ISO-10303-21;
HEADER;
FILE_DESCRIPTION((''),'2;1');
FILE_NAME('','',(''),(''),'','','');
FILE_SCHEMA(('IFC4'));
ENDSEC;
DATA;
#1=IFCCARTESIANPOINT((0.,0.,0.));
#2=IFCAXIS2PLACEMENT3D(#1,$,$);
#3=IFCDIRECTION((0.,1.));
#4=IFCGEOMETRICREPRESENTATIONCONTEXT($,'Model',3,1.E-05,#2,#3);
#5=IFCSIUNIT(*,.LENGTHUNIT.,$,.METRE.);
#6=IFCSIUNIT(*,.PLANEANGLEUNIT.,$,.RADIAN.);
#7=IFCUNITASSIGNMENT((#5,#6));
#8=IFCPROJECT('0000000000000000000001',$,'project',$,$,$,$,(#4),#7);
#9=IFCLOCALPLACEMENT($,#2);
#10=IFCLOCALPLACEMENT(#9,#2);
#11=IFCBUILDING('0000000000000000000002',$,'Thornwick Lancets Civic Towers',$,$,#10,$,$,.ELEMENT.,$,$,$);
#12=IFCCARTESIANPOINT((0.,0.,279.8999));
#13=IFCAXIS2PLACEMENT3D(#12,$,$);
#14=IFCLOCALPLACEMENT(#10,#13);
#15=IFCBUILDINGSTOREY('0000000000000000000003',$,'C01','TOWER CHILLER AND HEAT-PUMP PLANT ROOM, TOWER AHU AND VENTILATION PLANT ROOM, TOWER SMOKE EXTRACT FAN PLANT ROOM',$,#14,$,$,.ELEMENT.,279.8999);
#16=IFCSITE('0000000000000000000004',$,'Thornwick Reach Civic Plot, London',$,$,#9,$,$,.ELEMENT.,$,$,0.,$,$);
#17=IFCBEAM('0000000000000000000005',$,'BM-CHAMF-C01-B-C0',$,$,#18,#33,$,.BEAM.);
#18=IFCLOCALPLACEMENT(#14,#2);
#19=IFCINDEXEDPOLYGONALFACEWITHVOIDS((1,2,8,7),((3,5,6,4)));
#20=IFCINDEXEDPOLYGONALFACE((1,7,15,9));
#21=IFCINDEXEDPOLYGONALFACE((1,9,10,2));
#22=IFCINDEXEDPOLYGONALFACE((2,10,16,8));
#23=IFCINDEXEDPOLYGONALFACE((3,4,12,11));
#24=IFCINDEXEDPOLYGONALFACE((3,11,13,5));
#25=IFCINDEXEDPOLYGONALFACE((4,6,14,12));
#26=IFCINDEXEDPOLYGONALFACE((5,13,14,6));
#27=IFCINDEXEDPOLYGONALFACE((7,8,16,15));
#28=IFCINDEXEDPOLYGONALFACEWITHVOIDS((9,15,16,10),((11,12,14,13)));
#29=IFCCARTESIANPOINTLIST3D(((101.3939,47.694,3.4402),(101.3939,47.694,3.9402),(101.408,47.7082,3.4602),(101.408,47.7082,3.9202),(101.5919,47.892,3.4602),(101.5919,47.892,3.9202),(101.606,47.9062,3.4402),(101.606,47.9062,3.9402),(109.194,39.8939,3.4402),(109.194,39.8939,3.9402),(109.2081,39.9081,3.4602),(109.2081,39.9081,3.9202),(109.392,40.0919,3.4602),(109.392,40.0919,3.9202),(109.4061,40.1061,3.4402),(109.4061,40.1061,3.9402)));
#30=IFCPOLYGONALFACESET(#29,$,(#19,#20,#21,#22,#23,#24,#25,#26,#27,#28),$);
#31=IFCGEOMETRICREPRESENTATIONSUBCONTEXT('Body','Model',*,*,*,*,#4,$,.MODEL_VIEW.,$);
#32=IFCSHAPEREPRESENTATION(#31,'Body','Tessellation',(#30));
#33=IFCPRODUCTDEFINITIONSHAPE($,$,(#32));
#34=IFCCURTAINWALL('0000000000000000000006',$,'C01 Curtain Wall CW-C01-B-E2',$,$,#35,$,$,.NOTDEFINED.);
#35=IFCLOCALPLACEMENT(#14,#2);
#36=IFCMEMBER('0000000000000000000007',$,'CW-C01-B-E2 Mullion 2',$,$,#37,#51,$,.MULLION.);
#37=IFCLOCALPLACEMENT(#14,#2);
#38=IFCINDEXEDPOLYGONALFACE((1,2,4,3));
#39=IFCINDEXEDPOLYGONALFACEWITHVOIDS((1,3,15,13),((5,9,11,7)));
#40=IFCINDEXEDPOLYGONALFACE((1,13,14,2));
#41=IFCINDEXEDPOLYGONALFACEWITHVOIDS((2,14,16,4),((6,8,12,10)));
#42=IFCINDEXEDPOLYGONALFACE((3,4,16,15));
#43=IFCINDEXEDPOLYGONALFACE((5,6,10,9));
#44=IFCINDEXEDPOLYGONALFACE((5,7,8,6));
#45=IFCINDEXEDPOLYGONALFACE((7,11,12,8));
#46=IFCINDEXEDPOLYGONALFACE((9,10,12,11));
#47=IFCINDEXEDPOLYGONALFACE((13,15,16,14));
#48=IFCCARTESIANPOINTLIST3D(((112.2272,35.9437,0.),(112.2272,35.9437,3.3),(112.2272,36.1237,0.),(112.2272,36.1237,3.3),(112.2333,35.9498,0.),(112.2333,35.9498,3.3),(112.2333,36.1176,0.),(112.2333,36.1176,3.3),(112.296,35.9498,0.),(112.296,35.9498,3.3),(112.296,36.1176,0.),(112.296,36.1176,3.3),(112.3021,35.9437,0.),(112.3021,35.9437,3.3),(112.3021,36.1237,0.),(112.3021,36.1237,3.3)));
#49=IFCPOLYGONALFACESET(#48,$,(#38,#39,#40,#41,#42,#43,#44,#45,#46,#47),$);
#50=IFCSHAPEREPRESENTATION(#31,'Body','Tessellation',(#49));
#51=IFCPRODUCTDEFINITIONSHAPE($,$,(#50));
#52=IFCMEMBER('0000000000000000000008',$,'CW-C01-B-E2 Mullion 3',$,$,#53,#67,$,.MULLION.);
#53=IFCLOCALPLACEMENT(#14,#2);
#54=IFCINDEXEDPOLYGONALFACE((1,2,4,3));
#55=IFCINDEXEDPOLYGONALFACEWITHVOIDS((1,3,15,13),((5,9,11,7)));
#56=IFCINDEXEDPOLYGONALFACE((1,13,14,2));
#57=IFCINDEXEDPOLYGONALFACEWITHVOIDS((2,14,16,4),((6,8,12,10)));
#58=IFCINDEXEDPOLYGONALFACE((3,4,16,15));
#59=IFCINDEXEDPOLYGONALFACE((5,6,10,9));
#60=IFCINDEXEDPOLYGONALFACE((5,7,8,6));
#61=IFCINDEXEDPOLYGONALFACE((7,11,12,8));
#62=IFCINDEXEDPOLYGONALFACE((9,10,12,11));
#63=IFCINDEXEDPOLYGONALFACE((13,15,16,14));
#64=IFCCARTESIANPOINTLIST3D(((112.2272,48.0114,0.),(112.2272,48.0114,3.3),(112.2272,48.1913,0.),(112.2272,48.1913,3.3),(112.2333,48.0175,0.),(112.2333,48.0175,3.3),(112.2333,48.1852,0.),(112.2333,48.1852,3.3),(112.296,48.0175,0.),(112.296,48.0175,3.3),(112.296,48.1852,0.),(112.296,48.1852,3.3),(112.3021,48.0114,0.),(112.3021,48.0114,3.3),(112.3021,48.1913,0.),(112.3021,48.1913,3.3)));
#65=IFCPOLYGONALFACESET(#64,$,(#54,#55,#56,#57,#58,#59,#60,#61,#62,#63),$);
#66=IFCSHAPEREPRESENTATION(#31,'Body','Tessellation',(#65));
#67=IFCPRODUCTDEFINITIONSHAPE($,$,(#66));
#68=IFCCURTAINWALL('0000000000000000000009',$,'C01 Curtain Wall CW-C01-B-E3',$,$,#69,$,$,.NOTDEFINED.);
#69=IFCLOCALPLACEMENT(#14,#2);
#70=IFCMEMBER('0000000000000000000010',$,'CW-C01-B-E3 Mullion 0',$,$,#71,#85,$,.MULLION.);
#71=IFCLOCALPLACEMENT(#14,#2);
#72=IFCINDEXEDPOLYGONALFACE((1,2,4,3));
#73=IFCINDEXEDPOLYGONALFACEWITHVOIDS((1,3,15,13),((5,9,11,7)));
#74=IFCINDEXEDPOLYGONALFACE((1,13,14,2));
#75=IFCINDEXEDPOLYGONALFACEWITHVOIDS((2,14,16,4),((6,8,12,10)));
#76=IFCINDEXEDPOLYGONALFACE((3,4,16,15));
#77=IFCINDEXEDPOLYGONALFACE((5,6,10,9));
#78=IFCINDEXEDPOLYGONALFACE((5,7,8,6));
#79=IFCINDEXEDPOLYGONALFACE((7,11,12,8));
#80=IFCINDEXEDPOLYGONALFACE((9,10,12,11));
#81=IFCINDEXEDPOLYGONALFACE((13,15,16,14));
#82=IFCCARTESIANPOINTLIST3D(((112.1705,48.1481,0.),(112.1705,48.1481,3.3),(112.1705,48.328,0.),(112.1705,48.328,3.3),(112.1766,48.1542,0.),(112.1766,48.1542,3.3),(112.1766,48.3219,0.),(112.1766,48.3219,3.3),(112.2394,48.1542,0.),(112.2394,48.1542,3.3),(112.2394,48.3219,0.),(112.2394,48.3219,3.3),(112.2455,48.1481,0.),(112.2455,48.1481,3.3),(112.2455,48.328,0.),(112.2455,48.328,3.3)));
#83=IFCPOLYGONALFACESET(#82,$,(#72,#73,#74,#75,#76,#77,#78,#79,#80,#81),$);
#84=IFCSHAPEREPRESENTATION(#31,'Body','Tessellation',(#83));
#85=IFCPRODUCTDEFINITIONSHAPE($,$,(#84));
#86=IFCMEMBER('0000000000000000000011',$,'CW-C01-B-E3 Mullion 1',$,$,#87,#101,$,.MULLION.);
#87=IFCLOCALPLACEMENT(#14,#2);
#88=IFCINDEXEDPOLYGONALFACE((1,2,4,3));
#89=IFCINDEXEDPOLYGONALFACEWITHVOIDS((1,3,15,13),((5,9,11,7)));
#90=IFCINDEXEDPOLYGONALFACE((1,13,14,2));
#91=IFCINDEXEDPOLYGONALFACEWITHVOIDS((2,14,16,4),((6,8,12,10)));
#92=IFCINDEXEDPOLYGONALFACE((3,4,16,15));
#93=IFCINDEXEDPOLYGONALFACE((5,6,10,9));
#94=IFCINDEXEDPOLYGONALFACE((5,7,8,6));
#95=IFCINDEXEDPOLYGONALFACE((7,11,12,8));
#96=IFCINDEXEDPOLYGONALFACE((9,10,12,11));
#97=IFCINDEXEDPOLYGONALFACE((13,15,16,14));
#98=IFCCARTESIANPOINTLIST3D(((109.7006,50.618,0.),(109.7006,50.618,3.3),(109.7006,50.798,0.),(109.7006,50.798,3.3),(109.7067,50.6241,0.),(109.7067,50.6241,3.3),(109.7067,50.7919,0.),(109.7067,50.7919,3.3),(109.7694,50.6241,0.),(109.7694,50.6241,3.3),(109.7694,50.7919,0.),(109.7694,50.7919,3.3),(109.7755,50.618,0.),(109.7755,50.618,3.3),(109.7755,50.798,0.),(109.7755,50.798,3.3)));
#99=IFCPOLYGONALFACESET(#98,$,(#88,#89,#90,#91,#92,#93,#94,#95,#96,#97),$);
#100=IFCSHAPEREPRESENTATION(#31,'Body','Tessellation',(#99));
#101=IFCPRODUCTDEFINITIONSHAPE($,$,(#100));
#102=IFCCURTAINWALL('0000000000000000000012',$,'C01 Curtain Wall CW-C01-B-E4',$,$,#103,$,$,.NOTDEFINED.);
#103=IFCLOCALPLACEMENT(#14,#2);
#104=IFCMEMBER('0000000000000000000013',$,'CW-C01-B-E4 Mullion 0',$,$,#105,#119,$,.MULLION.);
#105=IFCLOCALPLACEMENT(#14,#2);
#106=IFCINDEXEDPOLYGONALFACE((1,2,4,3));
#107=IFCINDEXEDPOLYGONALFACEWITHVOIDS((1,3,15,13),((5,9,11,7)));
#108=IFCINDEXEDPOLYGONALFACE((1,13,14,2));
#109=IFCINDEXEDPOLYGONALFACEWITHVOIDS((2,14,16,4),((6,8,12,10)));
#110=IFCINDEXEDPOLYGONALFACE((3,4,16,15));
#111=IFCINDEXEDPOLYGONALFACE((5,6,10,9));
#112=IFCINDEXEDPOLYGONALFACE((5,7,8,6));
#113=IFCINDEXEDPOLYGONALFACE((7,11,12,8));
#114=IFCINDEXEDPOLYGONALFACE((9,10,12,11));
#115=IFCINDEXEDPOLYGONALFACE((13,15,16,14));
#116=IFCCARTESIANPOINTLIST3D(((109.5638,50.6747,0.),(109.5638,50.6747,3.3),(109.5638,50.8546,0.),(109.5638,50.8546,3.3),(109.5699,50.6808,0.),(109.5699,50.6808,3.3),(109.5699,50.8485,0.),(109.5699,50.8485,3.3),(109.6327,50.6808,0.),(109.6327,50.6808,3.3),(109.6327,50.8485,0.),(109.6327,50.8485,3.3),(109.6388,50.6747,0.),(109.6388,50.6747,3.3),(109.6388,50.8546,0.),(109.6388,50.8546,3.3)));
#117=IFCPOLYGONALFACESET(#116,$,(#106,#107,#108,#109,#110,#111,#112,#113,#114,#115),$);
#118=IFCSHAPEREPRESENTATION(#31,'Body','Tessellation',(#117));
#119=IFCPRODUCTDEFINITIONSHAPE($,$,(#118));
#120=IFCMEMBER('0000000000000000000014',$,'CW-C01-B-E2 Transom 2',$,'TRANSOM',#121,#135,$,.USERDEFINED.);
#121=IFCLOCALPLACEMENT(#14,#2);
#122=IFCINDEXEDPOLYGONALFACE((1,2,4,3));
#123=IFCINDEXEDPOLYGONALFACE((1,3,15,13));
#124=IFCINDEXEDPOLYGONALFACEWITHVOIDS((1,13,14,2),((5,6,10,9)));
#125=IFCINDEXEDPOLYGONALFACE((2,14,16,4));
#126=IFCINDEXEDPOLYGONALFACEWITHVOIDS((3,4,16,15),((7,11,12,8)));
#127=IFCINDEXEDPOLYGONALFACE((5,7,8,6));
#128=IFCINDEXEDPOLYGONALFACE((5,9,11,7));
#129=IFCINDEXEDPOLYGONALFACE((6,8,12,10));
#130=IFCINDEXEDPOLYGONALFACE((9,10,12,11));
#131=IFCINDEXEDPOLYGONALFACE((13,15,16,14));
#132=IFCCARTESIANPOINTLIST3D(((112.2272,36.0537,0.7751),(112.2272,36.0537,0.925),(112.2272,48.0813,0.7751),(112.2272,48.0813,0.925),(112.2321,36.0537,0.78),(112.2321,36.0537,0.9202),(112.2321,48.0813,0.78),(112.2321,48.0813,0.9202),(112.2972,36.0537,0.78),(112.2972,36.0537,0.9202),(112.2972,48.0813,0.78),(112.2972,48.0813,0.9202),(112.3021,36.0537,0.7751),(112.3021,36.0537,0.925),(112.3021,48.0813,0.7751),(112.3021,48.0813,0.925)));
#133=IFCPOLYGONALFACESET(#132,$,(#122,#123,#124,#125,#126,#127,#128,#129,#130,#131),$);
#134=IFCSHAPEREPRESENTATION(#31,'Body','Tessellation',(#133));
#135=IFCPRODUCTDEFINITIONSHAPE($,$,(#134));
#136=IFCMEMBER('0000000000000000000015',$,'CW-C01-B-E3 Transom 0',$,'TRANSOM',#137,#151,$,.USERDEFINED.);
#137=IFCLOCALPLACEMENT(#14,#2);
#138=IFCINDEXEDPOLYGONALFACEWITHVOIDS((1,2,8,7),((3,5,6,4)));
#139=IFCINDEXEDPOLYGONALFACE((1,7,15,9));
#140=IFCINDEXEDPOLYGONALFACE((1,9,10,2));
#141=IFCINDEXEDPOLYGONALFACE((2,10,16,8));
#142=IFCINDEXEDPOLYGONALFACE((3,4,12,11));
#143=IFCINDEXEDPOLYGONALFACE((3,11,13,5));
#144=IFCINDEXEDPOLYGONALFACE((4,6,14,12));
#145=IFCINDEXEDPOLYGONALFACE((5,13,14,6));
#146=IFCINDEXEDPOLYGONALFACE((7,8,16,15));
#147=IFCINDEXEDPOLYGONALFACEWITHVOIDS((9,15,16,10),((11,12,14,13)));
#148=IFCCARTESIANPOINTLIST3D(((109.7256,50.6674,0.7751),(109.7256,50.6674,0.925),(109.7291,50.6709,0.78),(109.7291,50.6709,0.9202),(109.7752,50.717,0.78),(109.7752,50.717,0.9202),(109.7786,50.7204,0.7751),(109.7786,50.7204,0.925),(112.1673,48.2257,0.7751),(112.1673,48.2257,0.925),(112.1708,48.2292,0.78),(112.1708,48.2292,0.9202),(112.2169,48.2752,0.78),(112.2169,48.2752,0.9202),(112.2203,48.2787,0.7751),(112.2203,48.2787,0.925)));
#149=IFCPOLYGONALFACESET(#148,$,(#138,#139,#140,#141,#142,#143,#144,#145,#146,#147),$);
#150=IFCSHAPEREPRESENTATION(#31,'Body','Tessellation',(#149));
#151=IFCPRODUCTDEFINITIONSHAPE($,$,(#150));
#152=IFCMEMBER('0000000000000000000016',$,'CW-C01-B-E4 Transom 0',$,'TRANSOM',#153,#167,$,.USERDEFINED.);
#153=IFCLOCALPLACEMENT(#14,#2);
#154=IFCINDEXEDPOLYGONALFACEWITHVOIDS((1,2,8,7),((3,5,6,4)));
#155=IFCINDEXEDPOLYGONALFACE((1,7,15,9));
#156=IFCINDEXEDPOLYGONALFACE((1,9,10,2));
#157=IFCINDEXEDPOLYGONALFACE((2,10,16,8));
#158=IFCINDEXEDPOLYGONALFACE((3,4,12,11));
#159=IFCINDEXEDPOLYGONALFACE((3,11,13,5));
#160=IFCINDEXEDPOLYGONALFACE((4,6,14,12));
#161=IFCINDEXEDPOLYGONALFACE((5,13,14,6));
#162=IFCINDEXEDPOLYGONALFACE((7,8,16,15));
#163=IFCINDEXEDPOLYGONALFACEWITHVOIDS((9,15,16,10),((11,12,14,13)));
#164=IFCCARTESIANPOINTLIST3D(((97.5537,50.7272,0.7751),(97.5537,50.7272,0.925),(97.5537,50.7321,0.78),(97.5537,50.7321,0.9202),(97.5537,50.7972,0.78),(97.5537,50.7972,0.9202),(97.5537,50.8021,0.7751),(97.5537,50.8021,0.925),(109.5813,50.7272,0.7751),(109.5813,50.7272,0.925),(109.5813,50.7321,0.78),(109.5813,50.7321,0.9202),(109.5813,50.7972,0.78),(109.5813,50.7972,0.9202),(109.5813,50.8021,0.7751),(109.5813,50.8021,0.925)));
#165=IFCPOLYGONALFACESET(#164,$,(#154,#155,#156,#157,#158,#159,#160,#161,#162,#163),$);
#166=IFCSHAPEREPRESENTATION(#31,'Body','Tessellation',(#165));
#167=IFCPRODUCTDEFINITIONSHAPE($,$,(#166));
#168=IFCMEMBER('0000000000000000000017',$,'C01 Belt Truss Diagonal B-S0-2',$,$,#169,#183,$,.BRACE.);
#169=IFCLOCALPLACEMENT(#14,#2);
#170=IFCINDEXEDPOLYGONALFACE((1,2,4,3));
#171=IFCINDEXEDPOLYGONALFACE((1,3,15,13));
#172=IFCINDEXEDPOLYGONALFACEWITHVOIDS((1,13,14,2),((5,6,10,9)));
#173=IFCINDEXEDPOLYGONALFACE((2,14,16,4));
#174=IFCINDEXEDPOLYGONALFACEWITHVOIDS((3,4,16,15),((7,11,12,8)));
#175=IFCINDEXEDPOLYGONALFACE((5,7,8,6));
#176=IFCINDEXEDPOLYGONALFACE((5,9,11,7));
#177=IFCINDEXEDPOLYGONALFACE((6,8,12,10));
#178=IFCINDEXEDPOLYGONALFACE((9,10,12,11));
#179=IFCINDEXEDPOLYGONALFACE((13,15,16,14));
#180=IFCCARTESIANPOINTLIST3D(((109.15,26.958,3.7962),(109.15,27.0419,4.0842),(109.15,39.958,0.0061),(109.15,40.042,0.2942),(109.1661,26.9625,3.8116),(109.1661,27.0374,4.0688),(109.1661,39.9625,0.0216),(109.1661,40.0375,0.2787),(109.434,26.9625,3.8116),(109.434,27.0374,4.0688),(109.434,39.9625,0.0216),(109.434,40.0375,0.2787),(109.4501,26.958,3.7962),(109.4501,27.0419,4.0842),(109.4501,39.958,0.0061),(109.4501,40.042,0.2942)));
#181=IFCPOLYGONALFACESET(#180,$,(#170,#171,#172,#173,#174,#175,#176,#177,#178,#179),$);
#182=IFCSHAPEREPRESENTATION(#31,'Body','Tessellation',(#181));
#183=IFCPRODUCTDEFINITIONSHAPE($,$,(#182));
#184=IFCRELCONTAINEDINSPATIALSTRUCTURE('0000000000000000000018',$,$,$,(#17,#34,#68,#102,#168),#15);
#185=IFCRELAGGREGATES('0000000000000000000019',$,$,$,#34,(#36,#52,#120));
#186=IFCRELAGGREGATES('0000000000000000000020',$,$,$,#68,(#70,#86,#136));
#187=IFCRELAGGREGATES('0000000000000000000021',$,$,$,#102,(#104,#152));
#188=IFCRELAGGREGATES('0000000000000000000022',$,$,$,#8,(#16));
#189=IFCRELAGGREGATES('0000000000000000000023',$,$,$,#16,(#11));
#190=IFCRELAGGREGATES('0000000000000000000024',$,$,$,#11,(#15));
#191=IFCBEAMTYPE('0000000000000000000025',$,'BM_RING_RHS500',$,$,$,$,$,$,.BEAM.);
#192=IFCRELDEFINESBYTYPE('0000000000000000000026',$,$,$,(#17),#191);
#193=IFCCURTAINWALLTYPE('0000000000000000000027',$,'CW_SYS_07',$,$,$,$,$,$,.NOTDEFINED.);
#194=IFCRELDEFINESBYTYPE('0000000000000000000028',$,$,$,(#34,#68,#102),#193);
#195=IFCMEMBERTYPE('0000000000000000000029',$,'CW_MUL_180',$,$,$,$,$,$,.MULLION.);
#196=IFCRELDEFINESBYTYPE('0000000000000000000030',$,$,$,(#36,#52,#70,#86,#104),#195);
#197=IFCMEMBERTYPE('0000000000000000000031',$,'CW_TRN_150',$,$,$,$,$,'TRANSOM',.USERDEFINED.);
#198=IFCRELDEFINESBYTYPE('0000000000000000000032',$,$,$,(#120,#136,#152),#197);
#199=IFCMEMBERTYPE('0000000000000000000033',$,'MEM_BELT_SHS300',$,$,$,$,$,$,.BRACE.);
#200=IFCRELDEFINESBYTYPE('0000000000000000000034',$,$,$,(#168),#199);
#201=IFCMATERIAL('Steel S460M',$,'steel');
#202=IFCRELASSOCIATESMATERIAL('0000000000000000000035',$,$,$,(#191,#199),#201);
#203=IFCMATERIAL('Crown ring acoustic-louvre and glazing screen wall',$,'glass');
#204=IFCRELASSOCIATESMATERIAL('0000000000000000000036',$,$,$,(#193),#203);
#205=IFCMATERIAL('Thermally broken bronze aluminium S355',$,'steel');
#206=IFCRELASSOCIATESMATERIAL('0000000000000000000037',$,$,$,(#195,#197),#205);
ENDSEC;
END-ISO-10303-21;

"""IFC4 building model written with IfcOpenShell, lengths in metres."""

from ifc_helpers import new_model, si_unit, direction, frame, origin, origin_2d, place, context, subcontext, project, spatial, hollow_rectangle, extrude, material, material_profile, profile_set, type_object, element, aggregate, save


model = new_model("IFC4")

# Units and contexts
model_context = context("Model", 3, precision=1e-05, world=origin(), true_north=direction((0.0, 1.0)))
body_context = subcontext(model_context, "Body", "Model", "MODEL_VIEW")
ifc_project = project(units=[si_unit("LENGTHUNIT", "METRE"), si_unit("PLANEANGLEUNIT", "RADIAN")], contexts=[model_context])

# Site, building, storey
site_placement = place(None, origin())
site = spatial("IfcSite", under=ifc_project, at=site_placement, Name="Thornwick Reach Civic Plot, London", CompositionType="ELEMENT", RefElevation=0.0)
building_placement = place(site_placement, origin())
building = spatial("IfcBuilding", under=site, at=building_placement, Name="Thornwick Lancets Civic Towers", CompositionType="ELEMENT")
storey_placement = place(building_placement, frame((0.0, 0.0, 279.8999)))
storey = spatial("IfcBuildingStorey", under=building, at=storey_placement, Name="C01", Description="TOWER CHILLER AND HEAT-PUMP PLANT ROOM, TOWER AHU AND VENTILATION PLANT ROOM, TOWER SMOKE EXTRACT FAN PLANT ROOM", CompositionType="ELEMENT", Elevation=279.8999)

# Beam
ifc_material_1 = material(Name="Steel S460M", Category="steel")
ifc_material_profile_1 = material_profile(ifc_material_1, hollow_rectangle(XDim=0.3, YDim=0.5, WallThickness=0.02, at=origin_2d()), Name="RHS 500x300x20")
ifc_profile_set_1 = profile_set([ifc_material_profile_1], Name="Steel S460M")
beam_type_1 = type_object("IfcBeamType", Name="BM_RING_RHS500", PredefinedType="BEAM", material=ifc_profile_set_1)
beam_1_placement = place(storey_placement, frame((109.3, 40.0, 3.6902), z_axis=(-0.707107, 0.707107, 0.0), x_axis=(-0.707107, -0.707107, 0.0)))
element("IfcBeam", 1, at=beam_1_placement, inside=storey, type_object=beam_type_1, Name="BM-CHAMF-C01-B-C0", PredefinedType="BEAM", context=body_context, shape_type="SweptSolid", body=[
    extrude(hollow_rectangle(XDim=0.3, YDim=0.5, WallThickness=0.02, at=origin_2d()), origin(), (0.0, 0.0, 1.0), 11.031),
])

# Curtain walls, members
ifc_material_2 = material(Name="Crown ring acoustic-louvre and glazing screen wall", Category="glass")
curtain_wall_type = type_object("IfcCurtainWallType", Name="CW_SYS_07", PredefinedType="NOTDEFINED", material=ifc_material_2)
curtain_wall_1_placement = place(storey_placement, origin())
curtain_wall_1 = element("IfcCurtainWall", 2, at=curtain_wall_1_placement, inside=storey, type_object=curtain_wall_type, Name="C01 Curtain Wall CW-C01-B-E2", PredefinedType="NOTDEFINED")
ifc_material_3 = material(Name="Thermally broken bronze aluminium S355", Category="steel")
ifc_material_profile_2 = material_profile(ifc_material_3, hollow_rectangle(XDim=0.075, YDim=0.1799, WallThickness=0.0061, at=origin_2d()), Name="RHS 180x75x6")
ifc_profile_set_2 = profile_set([ifc_material_profile_2], Name="Thermally broken bronze aluminium S355")
member_type_1 = type_object("IfcMemberType", Name="CW_MUL_180", PredefinedType="MULLION", material=ifc_profile_set_2)
member_1_placement = place(storey_placement, frame((112.2646, 36.0337, 0.0), z_axis=(0.0, 0.0, 1.0), x_axis=(1.0, 0.0, 0.0)))
member_1 = element("IfcMember", 3, at=member_1_placement, type_object=member_type_1, Name="CW-C01-B-E2 Mullion 2", PredefinedType="MULLION", context=body_context, shape_type="SweptSolid", body=[
    extrude(hollow_rectangle(XDim=0.075, YDim=0.1799, WallThickness=0.0061, at=origin_2d()), origin(), (0.0, 0.0, 1.0), 3.3),
])
member_2_placement = place(storey_placement, frame((112.2646, 48.1013, 0.0), z_axis=(0.0, 0.0, 1.0), x_axis=(1.0, 0.0, 0.0)))
member_2 = element("IfcMember", 4, at=member_2_placement, type_object=member_type_1, Name="CW-C01-B-E2 Mullion 3", PredefinedType="MULLION", context=body_context, shape_type="SweptSolid", body=[
    extrude(hollow_rectangle(XDim=0.075, YDim=0.1799, WallThickness=0.0061, at=origin_2d()), origin(), (0.0, 0.0, 1.0), 3.3),
])
curtain_wall_2_placement = place(storey_placement, origin())
curtain_wall_2 = element("IfcCurtainWall", 5, at=curtain_wall_2_placement, inside=storey, type_object=curtain_wall_type, Name="C01 Curtain Wall CW-C01-B-E3", PredefinedType="NOTDEFINED")
member_3_placement = place(storey_placement, frame((112.208, 48.238, 0.0), z_axis=(0.0, 0.0, 1.0), x_axis=(1.0, 0.0, 0.0)))
member_3 = element("IfcMember", 6, at=member_3_placement, type_object=member_type_1, Name="CW-C01-B-E3 Mullion 0", PredefinedType="MULLION", context=body_context, shape_type="SweptSolid", body=[
    extrude(hollow_rectangle(XDim=0.075, YDim=0.1799, WallThickness=0.0061, at=origin_2d()), origin(), (0.0, 0.0, 1.0), 3.3),
])
member_4_placement = place(storey_placement, frame((109.738, 50.708, 0.0), z_axis=(0.0, 0.0, 1.0), x_axis=(1.0, 0.0, 0.0)))
member_4 = element("IfcMember", 7, at=member_4_placement, type_object=member_type_1, Name="CW-C01-B-E3 Mullion 1", PredefinedType="MULLION", context=body_context, shape_type="SweptSolid", body=[
    extrude(hollow_rectangle(XDim=0.075, YDim=0.1799, WallThickness=0.0061, at=origin_2d()), origin(), (0.0, 0.0, 1.0), 3.3),
])

# Curtain wall, member
curtain_wall_3_placement = place(storey_placement, origin())
curtain_wall_3 = element("IfcCurtainWall", 8, at=curtain_wall_3_placement, inside=storey, type_object=curtain_wall_type, Name="C01 Curtain Wall CW-C01-B-E4", PredefinedType="NOTDEFINED")
member_5_placement = place(storey_placement, frame((109.6013, 50.7646, 0.0), z_axis=(0.0, 0.0, 1.0), x_axis=(1.0, 0.0, 0.0)))
member_5 = element("IfcMember", 9, at=member_5_placement, type_object=member_type_1, Name="CW-C01-B-E4 Mullion 0", PredefinedType="MULLION", context=body_context, shape_type="SweptSolid", body=[
    extrude(hollow_rectangle(XDim=0.075, YDim=0.1799, WallThickness=0.0061, at=origin_2d()), origin(), (0.0, 0.0, 1.0), 3.3),
])

# Members
ifc_material_profile_3 = material_profile(ifc_material_3, hollow_rectangle(XDim=0.075, YDim=0.1499, WallThickness=0.0049, at=origin_2d()), Name="RHS 150x75x5")
ifc_profile_set_3 = profile_set([ifc_material_profile_3], Name="Thermally broken bronze aluminium S355")
member_type_2 = type_object("IfcMemberType", Name="CW_TRN_150", ElementType="TRANSOM", PredefinedType="USERDEFINED", material=ifc_profile_set_3)
member_6_placement = place(storey_placement, frame((112.2646, 36.0537, 0.8501), z_axis=(0.0, 1.0, 0.0), x_axis=(-1.0, 0.0, 0.0)))
member_6 = element("IfcMember", 10, at=member_6_placement, type_object=member_type_2, Name="CW-C01-B-E2 Transom 2", ObjectType="TRANSOM", PredefinedType="USERDEFINED", context=body_context, shape_type="SweptSolid", body=[
    extrude(hollow_rectangle(XDim=0.075, YDim=0.1499, WallThickness=0.0049, at=origin_2d()), origin(), (0.0, 0.0, 1.0), 12.0276),
])
member_7_placement = place(storey_placement, frame((112.1938, 48.2522, 0.8501), z_axis=(-0.707107, 0.707107, 0.0), x_axis=(-0.707107, -0.707107, 0.0)))
member_7 = element("IfcMember", 11, at=member_7_placement, type_object=member_type_2, Name="CW-C01-B-E3 Transom 0", ObjectType="TRANSOM", PredefinedType="USERDEFINED", context=body_context, shape_type="SweptSolid", body=[
    extrude(hollow_rectangle(XDim=0.075, YDim=0.1499, WallThickness=0.0049, at=origin_2d()), origin(), (0.0, 0.0, 1.0), 3.4531),
])
member_8_placement = place(storey_placement, frame((109.5813, 50.7646, 0.8501), z_axis=(-1.0, 0.0, 0.0), x_axis=(0.0, -1.0, 0.0)))
member_8 = element("IfcMember", 12, at=member_8_placement, type_object=member_type_2, Name="CW-C01-B-E4 Transom 0", ObjectType="TRANSOM", PredefinedType="USERDEFINED", context=body_context, shape_type="SweptSolid", body=[
    extrude(hollow_rectangle(XDim=0.075, YDim=0.1499, WallThickness=0.0049, at=origin_2d()), origin(), (0.0, 0.0, 1.0), 12.0276),
])

# Member
ifc_material_profile_4 = material_profile(ifc_material_1, hollow_rectangle(XDim=0.3, YDim=0.3, WallThickness=0.0161, at=origin_2d()), Name="SHS 300x300x16")
ifc_profile_set_4 = profile_set([ifc_material_profile_4], Name="Steel S460M")
member_type_3 = type_object("IfcMemberType", Name="MEM_BELT_SHS300", PredefinedType="BRACE", material=ifc_profile_set_4)
for number, where, z_axis, x_axis, name in (
    (13, (109.3, 40.0, 0.1501), (0.0, -0.960032, 0.279889), (1.0, 0.0, 0.0), "C01 Belt Truss Diagonal B-S0-2"),
):
    element("IfcMember", number, at=place(storey_placement, frame(where, z_axis=z_axis, x_axis=x_axis)), inside=storey, type_object=member_type_3, Name=name, PredefinedType="BRACE", context=body_context, shape_type="SweptSolid", body=[
        extrude(hollow_rectangle(XDim=0.3, YDim=0.3, WallThickness=0.0161, at=origin_2d()), origin(), (0.0, 0.0, 1.0), 13.5413),
    ])

aggregate(curtain_wall_1, [member_1, member_2, member_6])
aggregate(curtain_wall_2, [member_3, member_4, member_7])
aggregate(curtain_wall_3, [member_5, member_8])

save(model, "model.ifc")
